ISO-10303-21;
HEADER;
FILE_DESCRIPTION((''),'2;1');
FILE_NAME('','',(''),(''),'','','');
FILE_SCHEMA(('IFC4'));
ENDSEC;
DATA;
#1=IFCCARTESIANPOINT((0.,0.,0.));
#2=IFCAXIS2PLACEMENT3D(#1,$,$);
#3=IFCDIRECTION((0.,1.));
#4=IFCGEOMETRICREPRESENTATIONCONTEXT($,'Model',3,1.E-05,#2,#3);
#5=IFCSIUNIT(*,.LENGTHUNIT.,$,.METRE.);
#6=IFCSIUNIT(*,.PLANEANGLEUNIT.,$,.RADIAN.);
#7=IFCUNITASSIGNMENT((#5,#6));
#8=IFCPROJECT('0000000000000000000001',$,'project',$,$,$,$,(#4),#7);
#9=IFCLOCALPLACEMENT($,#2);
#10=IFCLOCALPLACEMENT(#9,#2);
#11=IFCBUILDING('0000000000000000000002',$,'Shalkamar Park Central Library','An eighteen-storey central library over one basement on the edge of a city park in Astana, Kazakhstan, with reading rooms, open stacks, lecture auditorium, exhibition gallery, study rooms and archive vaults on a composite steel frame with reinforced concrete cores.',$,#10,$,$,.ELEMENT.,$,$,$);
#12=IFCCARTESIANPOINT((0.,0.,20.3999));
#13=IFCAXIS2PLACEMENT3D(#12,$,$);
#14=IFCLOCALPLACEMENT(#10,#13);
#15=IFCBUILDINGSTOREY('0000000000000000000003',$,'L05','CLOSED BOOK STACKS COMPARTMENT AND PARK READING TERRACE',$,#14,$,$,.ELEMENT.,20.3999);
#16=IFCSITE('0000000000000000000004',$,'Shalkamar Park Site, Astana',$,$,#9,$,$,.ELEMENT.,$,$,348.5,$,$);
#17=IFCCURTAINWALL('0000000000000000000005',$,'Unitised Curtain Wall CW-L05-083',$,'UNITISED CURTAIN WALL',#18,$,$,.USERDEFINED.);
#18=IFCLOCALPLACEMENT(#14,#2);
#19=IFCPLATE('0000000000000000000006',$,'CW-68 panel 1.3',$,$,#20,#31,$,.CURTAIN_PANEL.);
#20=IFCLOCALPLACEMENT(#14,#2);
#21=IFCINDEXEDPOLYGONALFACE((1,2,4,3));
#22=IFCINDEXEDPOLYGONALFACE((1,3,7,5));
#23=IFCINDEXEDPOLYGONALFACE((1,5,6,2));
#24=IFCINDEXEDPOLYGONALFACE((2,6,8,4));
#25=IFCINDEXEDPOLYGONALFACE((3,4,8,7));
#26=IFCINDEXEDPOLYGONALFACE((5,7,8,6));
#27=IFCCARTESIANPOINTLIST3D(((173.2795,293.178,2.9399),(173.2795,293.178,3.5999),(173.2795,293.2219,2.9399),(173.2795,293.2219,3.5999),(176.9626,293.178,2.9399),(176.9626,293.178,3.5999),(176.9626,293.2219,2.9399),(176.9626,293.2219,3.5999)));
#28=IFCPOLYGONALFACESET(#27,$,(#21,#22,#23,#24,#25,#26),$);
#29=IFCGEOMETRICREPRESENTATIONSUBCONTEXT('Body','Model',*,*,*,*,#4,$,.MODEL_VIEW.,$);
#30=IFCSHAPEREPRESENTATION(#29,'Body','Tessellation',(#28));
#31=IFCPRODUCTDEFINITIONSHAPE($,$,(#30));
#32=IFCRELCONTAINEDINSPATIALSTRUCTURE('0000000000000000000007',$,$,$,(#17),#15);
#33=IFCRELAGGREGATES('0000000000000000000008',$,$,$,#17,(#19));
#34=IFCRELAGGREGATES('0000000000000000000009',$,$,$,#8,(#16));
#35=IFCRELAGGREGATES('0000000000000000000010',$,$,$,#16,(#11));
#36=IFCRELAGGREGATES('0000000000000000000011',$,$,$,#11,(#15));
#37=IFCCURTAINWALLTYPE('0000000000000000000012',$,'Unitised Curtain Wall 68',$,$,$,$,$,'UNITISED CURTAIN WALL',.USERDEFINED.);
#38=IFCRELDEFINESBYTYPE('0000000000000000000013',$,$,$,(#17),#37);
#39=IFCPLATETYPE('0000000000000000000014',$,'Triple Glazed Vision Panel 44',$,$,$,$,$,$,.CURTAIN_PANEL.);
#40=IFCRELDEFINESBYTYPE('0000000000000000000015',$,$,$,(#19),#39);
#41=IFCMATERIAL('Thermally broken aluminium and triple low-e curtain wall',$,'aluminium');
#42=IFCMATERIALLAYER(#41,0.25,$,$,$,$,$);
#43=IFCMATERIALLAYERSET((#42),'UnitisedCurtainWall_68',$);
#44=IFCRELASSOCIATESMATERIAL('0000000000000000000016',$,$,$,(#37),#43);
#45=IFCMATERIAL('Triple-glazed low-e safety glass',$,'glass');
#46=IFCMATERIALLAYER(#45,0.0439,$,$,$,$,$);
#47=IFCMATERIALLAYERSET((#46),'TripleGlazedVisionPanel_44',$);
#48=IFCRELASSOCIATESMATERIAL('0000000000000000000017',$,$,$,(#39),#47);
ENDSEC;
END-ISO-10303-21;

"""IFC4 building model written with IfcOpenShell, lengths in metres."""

from ifc_helpers import new_model, si_unit, direction, frame, origin, origin_2d, place, context, subcontext, project, spatial, rectangle, extrude, material, layer, layer_set, type_object, element, aggregate, save


model = new_model("IFC4")

# Units and contexts
model_context = context("Model", 3, precision=1e-05, world=origin(), true_north=direction((0.0, 1.0)))
body_context = subcontext(model_context, "Body", "Model", "MODEL_VIEW")
ifc_project = project(units=[si_unit("LENGTHUNIT", "METRE"), si_unit("PLANEANGLEUNIT", "RADIAN")], contexts=[model_context])

# Site, building, storey
site_placement = place(None, origin())
site = spatial("IfcSite", under=ifc_project, at=site_placement, Name="Shalkamar Park Site, Astana", CompositionType="ELEMENT", RefElevation=348.5)
building_placement = place(site_placement, origin())
building = spatial("IfcBuilding", under=site, at=building_placement, Name="Shalkamar Park Central Library", Description="An eighteen-storey central library over one basement on the edge of a city park in Astana, Kazakhstan, with reading rooms, open stacks, lecture auditorium, exhibition gallery, study rooms and archive vaults on a composite steel frame with reinforced concrete cores.", CompositionType="ELEMENT")
storey_placement = place(building_placement, frame((0.0, 0.0, 20.3999)))
storey = spatial("IfcBuildingStorey", under=building, at=storey_placement, Name="L05", Description="CLOSED BOOK STACKS COMPARTMENT AND PARK READING TERRACE", CompositionType="ELEMENT", Elevation=20.3999)

# Curtain wall
ifc_material_1 = material(Name="Thermally broken aluminium and triple low-e curtain wall", Category="aluminium")
ifc_layer_1 = layer(ifc_material_1, 0.25)
ifc_layer_set_1 = layer_set([ifc_layer_1], Name="UnitisedCurtainWall_68")
curtain_wall_type_1 = type_object("IfcCurtainWallType", Name="Unitised Curtain Wall 68", ElementType="UNITISED CURTAIN WALL", PredefinedType="USERDEFINED", material=ifc_layer_set_1)
curtain_wall_1_placement = place(storey_placement, origin())
curtain_wall_1 = element("IfcCurtainWall", 1, at=curtain_wall_1_placement, inside=storey, type_object=curtain_wall_type_1, Name="Unitised Curtain Wall CW-L05-083", ObjectType="UNITISED CURTAIN WALL", PredefinedType="USERDEFINED")

# Plate
ifc_material_2 = material(Name="Triple-glazed low-e safety glass", Category="glass")
ifc_layer_2 = layer(ifc_material_2, 0.0439)
ifc_layer_set_2 = layer_set([ifc_layer_2], Name="TripleGlazedVisionPanel_44")
plate_type_1 = type_object("IfcPlateType", Name="Triple Glazed Vision Panel 44", PredefinedType="CURTAIN_PANEL", material=ifc_layer_set_2)
plate_1_placement = place(storey_placement, frame((175.1211, 293.2, 2.9399), z_axis=(0.0, 0.0, 1.0), x_axis=(1.0, 0.0, 0.0)))
plate_1 = element("IfcPlate", 2, at=plate_1_placement, type_object=plate_type_1, Name="CW-68 panel 1.3", PredefinedType="CURTAIN_PANEL", context=body_context, shape_type="SweptSolid", body=[
    extrude(rectangle(XDim=3.6831, YDim=0.0439, at=origin_2d()), origin(), (0.0, 0.0, 1.0), 0.6599),
])
aggregate(curtain_wall_1, [plate_1])

save(model, "model.ifc")
